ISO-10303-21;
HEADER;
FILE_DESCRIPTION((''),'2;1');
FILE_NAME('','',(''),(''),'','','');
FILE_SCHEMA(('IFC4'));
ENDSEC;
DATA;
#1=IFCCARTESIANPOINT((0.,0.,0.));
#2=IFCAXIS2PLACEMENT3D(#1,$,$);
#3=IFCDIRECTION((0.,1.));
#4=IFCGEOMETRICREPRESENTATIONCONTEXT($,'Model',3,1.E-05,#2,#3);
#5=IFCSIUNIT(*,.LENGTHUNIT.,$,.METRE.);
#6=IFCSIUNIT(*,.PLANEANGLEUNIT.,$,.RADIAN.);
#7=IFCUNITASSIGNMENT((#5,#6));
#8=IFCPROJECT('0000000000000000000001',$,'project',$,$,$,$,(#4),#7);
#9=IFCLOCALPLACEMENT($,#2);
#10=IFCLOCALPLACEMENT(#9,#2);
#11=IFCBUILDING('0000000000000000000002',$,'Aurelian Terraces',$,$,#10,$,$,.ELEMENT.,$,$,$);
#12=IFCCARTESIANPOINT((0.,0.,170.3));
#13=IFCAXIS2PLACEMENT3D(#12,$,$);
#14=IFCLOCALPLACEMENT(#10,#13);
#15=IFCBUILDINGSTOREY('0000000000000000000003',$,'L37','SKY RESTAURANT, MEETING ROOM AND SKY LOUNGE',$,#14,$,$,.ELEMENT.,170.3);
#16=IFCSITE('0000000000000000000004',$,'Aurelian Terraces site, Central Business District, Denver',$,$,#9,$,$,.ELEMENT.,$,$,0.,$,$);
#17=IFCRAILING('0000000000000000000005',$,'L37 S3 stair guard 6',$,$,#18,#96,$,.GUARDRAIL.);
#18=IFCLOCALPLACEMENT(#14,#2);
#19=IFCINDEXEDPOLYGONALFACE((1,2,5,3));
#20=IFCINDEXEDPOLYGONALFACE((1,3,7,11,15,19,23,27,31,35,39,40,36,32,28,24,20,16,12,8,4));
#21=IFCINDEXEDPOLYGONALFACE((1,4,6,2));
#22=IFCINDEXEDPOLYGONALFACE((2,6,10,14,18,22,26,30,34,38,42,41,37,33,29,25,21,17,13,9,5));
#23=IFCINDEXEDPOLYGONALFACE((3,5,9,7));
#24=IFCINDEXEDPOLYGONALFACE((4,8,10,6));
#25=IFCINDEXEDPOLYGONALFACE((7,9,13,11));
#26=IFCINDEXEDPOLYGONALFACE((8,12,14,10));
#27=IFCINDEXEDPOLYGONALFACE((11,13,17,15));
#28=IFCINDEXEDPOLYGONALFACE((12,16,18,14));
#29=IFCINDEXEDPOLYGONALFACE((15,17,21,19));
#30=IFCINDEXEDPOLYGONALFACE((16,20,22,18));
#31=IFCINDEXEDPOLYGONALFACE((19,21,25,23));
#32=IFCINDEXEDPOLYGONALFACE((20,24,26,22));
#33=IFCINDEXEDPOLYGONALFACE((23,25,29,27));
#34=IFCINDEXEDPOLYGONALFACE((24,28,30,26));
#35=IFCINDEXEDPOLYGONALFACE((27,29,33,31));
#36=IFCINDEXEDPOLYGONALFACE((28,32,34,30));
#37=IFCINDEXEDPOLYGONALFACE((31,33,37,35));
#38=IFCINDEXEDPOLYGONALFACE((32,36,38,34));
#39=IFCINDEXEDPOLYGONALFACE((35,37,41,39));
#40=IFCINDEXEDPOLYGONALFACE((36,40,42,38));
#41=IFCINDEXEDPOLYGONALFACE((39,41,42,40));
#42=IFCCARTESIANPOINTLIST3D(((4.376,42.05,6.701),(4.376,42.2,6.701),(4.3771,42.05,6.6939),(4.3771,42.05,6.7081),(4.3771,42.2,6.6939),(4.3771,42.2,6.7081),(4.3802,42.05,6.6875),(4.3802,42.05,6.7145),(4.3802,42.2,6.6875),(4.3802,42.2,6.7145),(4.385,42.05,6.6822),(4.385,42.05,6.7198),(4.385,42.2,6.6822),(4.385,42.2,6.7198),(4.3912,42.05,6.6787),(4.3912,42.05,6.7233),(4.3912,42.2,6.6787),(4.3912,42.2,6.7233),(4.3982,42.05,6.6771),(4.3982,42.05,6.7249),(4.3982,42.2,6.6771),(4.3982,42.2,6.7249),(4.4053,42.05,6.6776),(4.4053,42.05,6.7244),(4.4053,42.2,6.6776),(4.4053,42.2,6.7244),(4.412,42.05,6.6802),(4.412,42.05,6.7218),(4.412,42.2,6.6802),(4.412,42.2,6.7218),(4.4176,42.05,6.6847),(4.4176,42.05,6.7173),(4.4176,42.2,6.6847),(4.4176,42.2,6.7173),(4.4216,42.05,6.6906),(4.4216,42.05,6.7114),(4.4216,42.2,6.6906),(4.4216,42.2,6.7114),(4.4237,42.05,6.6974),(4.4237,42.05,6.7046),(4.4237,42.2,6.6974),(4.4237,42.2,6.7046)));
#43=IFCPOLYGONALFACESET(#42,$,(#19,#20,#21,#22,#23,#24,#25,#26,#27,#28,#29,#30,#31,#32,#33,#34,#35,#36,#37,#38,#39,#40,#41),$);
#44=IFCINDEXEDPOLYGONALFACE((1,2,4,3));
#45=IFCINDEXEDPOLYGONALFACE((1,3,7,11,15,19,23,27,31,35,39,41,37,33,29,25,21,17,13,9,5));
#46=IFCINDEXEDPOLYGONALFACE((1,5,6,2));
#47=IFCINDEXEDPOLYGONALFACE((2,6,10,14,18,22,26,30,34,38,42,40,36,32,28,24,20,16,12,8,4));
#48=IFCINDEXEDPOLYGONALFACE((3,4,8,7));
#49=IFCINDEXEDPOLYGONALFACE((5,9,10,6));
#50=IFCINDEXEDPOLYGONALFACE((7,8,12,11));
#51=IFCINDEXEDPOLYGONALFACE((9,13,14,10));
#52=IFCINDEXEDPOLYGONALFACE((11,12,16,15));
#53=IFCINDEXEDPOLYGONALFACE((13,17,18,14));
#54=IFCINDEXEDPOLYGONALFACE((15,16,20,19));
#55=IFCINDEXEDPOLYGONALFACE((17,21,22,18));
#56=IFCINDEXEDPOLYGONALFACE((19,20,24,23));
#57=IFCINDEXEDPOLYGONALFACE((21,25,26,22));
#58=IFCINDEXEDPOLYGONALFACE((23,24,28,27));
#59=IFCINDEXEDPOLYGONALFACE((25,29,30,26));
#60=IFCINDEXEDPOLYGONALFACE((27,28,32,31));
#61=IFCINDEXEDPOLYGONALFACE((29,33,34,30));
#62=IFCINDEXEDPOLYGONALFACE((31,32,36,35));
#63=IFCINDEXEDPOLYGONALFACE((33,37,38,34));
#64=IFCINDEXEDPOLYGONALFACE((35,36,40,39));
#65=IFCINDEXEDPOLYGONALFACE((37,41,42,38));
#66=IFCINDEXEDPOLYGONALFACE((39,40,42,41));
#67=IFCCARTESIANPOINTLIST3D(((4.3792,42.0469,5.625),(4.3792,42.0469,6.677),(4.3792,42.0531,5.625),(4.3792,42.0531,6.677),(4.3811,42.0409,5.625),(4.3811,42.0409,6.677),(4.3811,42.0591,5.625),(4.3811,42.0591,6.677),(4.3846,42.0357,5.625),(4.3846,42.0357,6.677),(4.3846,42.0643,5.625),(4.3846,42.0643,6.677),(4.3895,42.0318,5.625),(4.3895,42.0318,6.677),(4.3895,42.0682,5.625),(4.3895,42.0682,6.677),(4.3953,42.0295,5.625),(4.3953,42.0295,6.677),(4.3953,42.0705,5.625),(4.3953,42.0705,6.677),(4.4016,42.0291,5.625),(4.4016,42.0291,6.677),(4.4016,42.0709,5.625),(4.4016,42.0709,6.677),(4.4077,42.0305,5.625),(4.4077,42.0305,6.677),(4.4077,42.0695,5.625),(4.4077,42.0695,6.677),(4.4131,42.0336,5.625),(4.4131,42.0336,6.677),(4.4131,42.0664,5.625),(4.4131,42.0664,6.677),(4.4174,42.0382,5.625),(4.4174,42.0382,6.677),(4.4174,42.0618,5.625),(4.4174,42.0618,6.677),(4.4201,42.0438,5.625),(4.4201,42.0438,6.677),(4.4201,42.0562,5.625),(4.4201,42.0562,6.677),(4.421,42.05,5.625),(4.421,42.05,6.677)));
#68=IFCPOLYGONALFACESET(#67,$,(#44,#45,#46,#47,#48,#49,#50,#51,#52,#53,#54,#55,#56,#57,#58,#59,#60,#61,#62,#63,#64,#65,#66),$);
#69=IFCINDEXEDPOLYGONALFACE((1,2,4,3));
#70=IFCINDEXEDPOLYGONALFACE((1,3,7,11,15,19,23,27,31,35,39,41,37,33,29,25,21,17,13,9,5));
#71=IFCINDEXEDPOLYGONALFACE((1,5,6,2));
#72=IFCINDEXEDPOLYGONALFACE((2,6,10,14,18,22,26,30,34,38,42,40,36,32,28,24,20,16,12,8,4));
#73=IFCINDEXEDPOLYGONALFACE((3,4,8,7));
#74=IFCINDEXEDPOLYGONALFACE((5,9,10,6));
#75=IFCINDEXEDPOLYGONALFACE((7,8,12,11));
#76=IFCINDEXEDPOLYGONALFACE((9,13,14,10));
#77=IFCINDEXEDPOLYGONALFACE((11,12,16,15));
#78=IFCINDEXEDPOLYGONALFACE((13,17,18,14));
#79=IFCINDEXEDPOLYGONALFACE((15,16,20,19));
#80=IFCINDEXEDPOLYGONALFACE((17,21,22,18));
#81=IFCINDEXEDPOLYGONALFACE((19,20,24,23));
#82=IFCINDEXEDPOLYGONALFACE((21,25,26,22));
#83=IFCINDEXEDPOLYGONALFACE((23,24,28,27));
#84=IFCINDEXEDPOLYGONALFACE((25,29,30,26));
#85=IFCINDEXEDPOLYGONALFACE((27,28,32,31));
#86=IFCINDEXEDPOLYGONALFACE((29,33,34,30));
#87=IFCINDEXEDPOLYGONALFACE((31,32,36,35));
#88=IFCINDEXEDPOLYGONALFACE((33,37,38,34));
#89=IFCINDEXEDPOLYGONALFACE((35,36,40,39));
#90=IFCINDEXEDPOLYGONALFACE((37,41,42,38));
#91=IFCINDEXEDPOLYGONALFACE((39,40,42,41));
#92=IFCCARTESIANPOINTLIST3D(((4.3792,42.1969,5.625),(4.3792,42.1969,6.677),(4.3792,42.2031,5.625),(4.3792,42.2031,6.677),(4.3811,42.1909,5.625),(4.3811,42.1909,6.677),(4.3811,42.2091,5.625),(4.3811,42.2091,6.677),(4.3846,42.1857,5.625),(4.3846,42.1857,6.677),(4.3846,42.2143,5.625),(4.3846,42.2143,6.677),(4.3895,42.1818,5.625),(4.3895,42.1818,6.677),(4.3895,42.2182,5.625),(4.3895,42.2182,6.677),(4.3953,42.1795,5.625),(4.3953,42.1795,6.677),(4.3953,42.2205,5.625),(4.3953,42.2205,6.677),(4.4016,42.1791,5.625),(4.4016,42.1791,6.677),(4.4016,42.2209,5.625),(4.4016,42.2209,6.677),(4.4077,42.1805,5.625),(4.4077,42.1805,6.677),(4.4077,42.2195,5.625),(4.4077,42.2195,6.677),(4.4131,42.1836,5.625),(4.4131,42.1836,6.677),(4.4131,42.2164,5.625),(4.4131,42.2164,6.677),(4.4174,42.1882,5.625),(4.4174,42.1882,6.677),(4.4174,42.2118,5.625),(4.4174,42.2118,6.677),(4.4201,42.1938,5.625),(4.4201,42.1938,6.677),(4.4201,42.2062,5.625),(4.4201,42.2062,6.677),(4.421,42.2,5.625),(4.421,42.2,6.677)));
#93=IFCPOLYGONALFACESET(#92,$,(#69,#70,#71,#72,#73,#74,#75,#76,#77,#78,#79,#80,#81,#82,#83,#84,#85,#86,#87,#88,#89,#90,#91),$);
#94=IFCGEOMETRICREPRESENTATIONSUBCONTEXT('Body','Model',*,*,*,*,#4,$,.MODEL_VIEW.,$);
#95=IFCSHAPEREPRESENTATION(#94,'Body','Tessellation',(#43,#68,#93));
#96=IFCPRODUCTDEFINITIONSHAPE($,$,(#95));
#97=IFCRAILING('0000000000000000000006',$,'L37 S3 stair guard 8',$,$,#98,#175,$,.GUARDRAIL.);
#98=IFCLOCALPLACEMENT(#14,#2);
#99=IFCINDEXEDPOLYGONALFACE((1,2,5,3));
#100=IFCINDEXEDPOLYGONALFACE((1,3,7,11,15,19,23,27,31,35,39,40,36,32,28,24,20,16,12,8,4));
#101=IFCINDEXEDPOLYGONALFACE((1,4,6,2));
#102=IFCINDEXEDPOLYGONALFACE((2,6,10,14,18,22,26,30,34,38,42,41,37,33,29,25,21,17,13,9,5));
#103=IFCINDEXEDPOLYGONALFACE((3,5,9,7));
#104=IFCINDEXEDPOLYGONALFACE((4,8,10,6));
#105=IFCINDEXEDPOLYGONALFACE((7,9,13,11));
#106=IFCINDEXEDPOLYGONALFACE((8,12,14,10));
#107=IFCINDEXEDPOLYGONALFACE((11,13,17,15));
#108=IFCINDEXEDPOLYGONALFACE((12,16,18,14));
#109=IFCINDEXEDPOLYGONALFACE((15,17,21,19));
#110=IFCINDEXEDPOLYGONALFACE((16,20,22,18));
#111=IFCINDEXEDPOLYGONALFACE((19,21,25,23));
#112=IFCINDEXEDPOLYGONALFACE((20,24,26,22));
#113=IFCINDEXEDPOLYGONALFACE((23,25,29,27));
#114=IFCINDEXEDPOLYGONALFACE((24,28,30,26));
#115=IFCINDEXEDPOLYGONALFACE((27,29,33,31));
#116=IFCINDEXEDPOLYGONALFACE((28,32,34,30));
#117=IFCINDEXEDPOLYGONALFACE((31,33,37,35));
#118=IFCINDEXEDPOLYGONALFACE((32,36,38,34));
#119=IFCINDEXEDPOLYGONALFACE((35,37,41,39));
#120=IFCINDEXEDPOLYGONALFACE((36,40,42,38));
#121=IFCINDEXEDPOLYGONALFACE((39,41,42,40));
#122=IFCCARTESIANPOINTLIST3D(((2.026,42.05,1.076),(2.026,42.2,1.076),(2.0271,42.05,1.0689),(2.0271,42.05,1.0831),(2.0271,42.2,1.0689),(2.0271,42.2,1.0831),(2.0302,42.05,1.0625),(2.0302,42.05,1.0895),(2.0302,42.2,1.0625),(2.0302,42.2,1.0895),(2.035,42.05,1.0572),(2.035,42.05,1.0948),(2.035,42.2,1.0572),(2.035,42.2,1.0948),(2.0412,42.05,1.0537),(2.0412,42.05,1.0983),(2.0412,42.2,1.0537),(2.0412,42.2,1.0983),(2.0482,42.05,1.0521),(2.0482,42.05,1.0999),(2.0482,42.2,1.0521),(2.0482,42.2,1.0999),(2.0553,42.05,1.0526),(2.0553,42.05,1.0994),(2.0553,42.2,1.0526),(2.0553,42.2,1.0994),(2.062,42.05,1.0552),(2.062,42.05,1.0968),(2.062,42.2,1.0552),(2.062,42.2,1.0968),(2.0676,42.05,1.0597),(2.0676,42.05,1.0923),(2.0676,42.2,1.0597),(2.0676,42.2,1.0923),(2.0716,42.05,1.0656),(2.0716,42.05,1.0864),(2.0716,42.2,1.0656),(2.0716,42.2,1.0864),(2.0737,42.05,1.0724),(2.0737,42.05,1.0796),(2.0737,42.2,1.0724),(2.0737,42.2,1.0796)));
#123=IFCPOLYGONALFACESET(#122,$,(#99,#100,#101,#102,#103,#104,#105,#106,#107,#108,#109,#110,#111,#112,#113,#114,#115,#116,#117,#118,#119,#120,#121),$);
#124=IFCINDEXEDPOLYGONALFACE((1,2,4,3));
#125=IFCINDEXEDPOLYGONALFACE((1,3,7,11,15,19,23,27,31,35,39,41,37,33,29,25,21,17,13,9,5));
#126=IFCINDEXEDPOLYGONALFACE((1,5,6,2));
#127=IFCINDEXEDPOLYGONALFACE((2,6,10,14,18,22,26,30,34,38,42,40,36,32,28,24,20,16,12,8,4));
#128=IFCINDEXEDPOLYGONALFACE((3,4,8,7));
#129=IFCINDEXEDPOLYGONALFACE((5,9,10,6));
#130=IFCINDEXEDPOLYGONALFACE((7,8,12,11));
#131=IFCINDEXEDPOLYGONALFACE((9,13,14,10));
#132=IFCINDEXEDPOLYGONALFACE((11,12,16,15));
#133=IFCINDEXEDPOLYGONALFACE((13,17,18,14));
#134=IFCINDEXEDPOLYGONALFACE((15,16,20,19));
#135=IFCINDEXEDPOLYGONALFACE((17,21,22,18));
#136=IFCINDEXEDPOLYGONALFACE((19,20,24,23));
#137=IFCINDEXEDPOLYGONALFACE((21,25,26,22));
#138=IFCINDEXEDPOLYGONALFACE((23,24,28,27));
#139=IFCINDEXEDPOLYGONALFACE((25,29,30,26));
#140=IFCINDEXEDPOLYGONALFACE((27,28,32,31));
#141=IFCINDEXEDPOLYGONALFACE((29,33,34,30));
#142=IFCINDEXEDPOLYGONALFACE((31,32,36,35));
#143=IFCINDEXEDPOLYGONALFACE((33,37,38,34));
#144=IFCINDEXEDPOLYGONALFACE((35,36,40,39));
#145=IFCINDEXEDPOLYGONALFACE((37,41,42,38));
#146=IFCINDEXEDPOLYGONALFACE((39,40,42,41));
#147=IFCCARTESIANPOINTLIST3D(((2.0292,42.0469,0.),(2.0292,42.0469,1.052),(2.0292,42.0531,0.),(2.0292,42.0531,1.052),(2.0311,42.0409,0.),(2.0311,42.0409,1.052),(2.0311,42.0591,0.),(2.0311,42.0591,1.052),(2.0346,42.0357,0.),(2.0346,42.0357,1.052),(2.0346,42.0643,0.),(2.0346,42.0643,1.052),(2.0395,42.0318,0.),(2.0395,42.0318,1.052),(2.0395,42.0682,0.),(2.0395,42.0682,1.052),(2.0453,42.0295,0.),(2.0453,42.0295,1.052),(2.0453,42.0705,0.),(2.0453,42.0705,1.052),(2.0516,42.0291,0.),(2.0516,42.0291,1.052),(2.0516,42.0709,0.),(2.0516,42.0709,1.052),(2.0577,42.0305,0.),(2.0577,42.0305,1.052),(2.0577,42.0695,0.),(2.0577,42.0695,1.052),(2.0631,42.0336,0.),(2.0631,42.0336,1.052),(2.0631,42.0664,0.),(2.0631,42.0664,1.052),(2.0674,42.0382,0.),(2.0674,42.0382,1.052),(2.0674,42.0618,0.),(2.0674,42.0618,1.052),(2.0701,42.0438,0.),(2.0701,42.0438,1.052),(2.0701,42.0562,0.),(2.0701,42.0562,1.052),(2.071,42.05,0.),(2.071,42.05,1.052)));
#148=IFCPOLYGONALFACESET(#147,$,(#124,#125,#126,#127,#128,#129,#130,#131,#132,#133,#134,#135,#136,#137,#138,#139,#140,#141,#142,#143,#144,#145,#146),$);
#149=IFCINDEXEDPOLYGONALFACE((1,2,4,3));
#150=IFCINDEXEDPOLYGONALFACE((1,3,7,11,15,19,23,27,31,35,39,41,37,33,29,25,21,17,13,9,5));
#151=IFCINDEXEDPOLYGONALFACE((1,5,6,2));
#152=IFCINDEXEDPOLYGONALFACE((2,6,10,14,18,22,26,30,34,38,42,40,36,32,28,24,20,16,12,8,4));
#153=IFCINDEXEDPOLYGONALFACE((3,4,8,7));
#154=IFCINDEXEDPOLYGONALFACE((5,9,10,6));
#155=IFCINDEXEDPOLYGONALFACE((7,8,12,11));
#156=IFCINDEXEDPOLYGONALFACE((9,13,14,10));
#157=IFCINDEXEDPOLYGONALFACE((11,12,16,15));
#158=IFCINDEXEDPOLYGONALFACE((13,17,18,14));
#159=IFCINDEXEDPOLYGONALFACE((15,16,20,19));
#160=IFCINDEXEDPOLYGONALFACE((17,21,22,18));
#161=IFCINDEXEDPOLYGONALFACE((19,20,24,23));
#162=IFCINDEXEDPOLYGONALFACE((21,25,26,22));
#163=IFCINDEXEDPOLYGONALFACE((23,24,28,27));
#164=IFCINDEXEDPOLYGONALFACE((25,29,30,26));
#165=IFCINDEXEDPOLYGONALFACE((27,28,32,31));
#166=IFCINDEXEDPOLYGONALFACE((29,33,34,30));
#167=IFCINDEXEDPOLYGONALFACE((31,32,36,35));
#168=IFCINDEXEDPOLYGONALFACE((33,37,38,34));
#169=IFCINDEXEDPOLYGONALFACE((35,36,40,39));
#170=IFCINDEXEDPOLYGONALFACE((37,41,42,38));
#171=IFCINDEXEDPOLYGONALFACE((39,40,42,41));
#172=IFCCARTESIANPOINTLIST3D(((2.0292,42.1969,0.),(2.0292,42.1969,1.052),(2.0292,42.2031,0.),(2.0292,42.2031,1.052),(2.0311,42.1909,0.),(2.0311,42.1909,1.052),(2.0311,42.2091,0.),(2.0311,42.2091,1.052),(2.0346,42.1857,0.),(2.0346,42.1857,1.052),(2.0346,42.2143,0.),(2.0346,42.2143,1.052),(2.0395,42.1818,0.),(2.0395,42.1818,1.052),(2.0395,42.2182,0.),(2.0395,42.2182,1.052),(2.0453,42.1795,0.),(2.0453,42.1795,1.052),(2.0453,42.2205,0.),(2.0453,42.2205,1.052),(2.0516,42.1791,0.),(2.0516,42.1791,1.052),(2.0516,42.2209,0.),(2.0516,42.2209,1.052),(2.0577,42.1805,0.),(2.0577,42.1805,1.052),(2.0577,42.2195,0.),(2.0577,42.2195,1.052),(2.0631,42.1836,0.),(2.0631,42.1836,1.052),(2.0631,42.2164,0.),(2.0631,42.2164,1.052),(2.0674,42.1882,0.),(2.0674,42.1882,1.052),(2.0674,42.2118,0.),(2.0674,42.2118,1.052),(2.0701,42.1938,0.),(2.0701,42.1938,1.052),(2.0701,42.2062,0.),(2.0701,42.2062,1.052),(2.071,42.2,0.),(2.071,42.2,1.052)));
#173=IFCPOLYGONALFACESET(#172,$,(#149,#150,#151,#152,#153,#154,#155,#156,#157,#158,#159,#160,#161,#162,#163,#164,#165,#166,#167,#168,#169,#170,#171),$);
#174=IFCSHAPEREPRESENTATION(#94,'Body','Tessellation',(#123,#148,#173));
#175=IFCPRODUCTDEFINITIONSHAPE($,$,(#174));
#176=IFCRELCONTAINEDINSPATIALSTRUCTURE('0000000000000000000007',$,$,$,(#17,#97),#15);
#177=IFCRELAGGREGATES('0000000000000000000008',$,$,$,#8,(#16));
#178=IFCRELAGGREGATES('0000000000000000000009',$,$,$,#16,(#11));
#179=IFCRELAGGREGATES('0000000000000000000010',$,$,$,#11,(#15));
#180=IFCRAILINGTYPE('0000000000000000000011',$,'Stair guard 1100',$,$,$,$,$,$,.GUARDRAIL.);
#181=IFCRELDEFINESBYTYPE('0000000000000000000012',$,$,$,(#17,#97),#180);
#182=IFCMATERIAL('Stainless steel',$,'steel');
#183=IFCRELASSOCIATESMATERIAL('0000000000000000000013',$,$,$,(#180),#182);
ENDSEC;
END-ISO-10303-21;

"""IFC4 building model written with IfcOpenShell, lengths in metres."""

from ifc_helpers import new_model, si_unit, direction, frame, origin, origin_2d, place, context, subcontext, project, spatial, circle, extrude, source, transform, mapped, material, type_object, element, save


model = new_model("IFC4")

# Units and contexts
model_context = context("Model", 3, precision=1e-05, world=origin(), true_north=direction((0.0, 1.0)))
body_context = subcontext(model_context, "Body", "Model", "MODEL_VIEW")
ifc_project = project(units=[si_unit("LENGTHUNIT", "METRE"), si_unit("PLANEANGLEUNIT", "RADIAN")], contexts=[model_context])

# Site, building, storey
site_placement = place(None, origin())
site = spatial("IfcSite", under=ifc_project, at=site_placement, Name="Aurelian Terraces site, Central Business District, Denver", CompositionType="ELEMENT", RefElevation=0.0)
building_placement = place(site_placement, origin())
building = spatial("IfcBuilding", under=site, at=building_placement, Name="Aurelian Terraces", CompositionType="ELEMENT")
storey_placement = place(building_placement, frame((0.0, 0.0, 170.3)))
storey = spatial("IfcBuildingStorey", under=building, at=storey_placement, Name="L37", Description="SKY RESTAURANT, MEETING ROOM AND SKY LOUNGE", CompositionType="ELEMENT", Elevation=170.3)

# Railings
ifc_material_1 = material(Name="Stainless steel", Category="steel")
railing_type_1 = type_object("IfcRailingType", Name="Stair guard 1100", PredefinedType="GUARDRAIL", material=ifc_material_1)
shared_shape_1 = source(origin(), body_context, "Body", "SweptSolid", [
    extrude(circle(Radius=0.024, at=origin_2d()), frame((0.0, 0.0, 1.076), z_axis=(0.0, 1.0, 0.0), x_axis=(-1.0, 0.0, 0.0)), (0.0, 0.0, 1.0), 0.15),
    extrude(circle(Radius=0.021, at=origin_2d()), origin(), (0.0, 0.0, 1.0), 1.052),
    extrude(circle(Radius=0.021, at=origin_2d()), frame((0.0, 0.15, 0.0)), (0.0, 0.0, 1.0), 1.052),
])
for number, where, name in (
    (1, (4.4, 42.05, 5.625), "L37 S3 stair guard 6"),
    (2, (2.05, 42.05, 0.0), "L37 S3 stair guard 8"),
):
    element("IfcRailing", number, at=place(storey_placement, frame(where)), inside=storey, type_object=railing_type_1, Name=name, PredefinedType="GUARDRAIL", context=body_context, shape_type="MappedRepresentation", body=[
        mapped(shared_shape_1, transform((0.0, 0.0, 0.0), scale=1.0)),
    ])

save(model, "model.ifc")
